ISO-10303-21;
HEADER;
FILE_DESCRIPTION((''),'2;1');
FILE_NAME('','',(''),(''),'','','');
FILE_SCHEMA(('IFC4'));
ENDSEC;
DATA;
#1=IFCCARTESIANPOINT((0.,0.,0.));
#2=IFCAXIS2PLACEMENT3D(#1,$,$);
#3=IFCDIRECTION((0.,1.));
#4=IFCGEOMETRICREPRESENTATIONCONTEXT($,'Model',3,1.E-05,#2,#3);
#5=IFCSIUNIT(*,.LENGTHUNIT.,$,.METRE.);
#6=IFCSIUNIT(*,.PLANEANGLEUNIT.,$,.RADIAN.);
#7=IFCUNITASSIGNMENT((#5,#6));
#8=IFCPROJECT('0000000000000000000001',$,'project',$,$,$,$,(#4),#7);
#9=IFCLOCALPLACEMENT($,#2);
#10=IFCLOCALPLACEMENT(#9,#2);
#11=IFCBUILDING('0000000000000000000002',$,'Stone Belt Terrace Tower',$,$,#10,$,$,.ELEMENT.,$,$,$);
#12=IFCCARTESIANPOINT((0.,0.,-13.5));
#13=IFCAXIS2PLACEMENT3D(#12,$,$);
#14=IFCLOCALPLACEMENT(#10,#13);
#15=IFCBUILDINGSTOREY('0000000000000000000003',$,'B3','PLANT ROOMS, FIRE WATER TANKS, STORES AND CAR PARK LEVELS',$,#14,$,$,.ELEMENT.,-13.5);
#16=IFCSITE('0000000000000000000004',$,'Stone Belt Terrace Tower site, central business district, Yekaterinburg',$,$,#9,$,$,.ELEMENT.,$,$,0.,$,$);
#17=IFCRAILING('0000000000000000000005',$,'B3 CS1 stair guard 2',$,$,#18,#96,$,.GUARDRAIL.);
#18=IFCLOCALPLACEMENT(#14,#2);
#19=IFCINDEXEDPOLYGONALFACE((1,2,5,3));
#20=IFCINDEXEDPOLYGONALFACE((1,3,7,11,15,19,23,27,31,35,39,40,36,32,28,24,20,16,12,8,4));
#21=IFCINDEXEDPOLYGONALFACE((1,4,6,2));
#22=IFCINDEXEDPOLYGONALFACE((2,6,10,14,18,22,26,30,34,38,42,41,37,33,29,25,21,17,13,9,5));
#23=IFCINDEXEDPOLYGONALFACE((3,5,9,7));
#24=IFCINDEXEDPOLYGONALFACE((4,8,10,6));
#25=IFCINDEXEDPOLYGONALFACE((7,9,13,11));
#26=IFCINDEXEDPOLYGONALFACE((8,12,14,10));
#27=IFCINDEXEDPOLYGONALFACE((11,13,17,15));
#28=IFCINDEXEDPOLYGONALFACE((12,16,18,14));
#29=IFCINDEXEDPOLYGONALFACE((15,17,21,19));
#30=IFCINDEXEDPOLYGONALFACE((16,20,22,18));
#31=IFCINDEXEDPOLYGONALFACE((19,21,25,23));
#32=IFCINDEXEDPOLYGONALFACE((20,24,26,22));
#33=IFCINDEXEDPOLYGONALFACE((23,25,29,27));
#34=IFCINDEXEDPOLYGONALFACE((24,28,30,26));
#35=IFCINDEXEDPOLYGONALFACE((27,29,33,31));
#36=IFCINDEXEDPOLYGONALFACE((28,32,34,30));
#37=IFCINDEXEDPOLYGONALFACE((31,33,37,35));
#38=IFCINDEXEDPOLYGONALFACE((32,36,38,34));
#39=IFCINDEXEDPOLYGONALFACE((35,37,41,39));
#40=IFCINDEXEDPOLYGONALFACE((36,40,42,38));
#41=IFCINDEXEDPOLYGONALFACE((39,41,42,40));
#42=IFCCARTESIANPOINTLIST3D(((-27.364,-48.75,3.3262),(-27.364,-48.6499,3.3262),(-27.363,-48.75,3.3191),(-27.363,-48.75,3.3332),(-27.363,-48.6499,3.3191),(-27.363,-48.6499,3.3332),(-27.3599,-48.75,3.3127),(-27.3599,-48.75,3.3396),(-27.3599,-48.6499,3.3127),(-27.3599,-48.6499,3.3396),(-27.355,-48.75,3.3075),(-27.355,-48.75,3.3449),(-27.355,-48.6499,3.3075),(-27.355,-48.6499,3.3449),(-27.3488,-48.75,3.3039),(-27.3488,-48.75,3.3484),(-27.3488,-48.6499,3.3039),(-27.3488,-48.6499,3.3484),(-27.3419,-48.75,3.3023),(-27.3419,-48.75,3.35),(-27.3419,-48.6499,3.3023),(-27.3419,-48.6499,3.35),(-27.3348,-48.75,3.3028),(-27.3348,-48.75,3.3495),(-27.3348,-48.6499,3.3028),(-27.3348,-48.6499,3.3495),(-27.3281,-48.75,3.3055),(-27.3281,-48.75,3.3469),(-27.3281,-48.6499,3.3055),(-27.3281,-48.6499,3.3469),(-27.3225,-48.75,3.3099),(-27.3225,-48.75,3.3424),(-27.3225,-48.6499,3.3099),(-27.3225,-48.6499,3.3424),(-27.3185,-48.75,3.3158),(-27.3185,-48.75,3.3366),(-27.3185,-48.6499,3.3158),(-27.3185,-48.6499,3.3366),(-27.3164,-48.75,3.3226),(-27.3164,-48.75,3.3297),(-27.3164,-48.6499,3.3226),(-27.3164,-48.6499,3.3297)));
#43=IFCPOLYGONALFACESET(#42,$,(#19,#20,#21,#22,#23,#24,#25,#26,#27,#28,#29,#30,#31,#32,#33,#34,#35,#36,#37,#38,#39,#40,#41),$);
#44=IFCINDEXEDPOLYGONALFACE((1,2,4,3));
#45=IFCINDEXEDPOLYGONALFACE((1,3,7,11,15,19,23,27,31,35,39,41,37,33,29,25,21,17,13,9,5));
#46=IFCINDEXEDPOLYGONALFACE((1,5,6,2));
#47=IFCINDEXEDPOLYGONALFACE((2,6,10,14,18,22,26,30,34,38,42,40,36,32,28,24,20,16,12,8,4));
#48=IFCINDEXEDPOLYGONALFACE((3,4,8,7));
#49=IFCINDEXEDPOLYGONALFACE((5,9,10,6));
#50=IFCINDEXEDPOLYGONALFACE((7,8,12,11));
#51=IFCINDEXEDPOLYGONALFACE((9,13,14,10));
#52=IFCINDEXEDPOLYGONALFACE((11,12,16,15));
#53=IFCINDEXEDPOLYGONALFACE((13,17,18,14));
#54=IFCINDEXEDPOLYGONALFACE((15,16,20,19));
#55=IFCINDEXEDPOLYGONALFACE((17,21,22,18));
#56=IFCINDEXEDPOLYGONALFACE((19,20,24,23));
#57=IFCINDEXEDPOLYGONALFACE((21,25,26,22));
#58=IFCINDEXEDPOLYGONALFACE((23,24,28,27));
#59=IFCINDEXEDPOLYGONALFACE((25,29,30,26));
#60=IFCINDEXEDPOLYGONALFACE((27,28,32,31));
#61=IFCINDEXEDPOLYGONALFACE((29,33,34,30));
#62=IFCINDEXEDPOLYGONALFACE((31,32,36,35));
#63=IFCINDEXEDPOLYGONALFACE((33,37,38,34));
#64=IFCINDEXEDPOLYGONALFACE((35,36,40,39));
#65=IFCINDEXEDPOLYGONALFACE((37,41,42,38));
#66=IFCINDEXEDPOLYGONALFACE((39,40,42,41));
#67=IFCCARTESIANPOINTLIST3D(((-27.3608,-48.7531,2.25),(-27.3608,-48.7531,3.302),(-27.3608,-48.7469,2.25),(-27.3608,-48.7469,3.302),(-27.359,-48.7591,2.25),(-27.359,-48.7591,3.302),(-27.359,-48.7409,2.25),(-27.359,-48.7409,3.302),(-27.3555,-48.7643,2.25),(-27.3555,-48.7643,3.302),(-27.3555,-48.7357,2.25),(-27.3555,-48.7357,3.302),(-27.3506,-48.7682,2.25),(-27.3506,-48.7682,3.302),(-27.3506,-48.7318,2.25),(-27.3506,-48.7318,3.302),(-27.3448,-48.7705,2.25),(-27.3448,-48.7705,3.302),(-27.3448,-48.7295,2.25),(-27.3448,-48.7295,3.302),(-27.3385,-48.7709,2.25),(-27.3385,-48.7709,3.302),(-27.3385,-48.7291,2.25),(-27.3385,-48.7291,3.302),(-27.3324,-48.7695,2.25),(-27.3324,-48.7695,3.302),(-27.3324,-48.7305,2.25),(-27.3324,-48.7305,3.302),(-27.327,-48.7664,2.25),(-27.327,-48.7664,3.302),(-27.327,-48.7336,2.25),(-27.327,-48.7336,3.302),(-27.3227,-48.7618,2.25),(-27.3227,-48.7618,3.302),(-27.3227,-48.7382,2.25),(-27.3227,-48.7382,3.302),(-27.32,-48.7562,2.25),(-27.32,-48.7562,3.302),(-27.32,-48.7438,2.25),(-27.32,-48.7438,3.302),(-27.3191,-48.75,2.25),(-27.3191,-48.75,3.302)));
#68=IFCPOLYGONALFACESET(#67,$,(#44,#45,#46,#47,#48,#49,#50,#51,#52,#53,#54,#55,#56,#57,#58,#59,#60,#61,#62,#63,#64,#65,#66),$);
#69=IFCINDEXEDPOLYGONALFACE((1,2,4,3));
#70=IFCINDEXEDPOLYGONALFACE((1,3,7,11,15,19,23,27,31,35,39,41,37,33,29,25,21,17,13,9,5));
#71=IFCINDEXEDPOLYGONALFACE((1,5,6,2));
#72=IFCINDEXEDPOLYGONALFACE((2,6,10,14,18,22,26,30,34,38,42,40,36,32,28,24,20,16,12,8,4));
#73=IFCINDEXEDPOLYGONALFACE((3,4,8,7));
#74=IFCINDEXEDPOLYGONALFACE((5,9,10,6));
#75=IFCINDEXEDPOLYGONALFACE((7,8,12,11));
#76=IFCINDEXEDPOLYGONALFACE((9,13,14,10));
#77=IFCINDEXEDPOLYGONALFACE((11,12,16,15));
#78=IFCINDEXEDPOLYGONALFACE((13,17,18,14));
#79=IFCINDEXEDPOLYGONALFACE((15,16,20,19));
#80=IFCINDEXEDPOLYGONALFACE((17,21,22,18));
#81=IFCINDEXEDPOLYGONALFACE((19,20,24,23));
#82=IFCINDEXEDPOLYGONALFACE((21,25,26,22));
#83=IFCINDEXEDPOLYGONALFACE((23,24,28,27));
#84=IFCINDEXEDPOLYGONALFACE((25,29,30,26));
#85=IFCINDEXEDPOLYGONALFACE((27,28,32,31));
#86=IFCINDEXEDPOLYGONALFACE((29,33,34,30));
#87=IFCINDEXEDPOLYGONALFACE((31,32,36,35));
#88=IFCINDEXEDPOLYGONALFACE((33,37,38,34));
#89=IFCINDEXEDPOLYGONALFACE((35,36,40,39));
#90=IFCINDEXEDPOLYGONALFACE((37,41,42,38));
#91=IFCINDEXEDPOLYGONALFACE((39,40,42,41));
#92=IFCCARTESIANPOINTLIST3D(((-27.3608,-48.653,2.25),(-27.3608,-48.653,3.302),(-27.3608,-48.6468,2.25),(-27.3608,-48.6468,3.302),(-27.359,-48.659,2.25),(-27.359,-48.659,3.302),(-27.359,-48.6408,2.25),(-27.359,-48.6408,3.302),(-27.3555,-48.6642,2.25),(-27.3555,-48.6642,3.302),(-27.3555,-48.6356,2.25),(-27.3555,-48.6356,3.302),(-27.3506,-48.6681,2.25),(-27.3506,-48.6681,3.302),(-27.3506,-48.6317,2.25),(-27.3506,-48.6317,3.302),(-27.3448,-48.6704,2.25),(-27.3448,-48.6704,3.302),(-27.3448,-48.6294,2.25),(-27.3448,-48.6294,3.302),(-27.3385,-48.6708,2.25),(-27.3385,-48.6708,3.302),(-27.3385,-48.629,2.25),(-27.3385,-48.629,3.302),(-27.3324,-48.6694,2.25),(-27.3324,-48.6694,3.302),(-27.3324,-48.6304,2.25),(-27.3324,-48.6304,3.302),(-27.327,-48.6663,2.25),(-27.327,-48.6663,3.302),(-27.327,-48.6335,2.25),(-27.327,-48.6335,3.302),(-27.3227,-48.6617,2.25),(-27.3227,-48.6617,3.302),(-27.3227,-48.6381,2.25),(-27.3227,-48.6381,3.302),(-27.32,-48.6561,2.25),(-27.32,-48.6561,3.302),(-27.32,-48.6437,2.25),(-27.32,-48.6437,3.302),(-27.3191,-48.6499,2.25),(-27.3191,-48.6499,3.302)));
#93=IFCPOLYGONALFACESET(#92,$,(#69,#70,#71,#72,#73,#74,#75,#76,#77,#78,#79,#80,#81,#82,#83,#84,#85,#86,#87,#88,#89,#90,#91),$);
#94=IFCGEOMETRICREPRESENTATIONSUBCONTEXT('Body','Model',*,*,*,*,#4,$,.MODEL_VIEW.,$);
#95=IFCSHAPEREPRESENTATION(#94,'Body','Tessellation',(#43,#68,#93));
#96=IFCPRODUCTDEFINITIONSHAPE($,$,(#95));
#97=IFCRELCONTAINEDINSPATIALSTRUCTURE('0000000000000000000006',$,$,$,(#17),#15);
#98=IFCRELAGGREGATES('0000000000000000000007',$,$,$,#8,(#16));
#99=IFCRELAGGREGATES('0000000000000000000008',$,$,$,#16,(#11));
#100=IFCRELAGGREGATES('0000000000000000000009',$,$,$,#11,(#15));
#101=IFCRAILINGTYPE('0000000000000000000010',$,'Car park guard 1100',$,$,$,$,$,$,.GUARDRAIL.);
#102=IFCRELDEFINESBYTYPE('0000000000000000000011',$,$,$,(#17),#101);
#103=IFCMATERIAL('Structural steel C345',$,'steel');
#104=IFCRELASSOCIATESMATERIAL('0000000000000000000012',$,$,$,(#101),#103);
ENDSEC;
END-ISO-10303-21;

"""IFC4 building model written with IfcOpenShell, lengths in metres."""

from ifc_helpers import new_model, si_unit, direction, frame, origin, origin_2d, place, context, subcontext, project, spatial, circle, extrude, material, type_object, element, save


model = new_model("IFC4")

# Units and contexts
model_context = context("Model", 3, precision=1e-05, world=origin(), true_north=direction((0.0, 1.0)))
body_context = subcontext(model_context, "Body", "Model", "MODEL_VIEW")
ifc_project = project(units=[si_unit("LENGTHUNIT", "METRE"), si_unit("PLANEANGLEUNIT", "RADIAN")], contexts=[model_context])

# Site, building, storey
site_placement = place(None, origin())
site = spatial("IfcSite", under=ifc_project, at=site_placement, Name="Stone Belt Terrace Tower site, central business district, Yekaterinburg", CompositionType="ELEMENT", RefElevation=0.0)
building_placement = place(site_placement, origin())
building = spatial("IfcBuilding", under=site, at=building_placement, Name="Stone Belt Terrace Tower", CompositionType="ELEMENT")
storey_placement = place(building_placement, frame((0.0, 0.0, -13.5)))
storey = spatial("IfcBuildingStorey", under=building, at=storey_placement, Name="B3", Description="PLANT ROOMS, FIRE WATER TANKS, STORES AND CAR PARK LEVELS", CompositionType="ELEMENT", Elevation=-13.5)

# Railing
ifc_material_1 = material(Name="Structural steel C345", Category="steel")
railing_type_1 = type_object("IfcRailingType", Name="Car park guard 1100", PredefinedType="GUARDRAIL", material=ifc_material_1)
railing_1_placement = place(storey_placement, frame((-27.3401, -48.75, 2.25)))
element("IfcRailing", 1, at=railing_1_placement, inside=storey, type_object=railing_type_1, Name="B3 CS1 stair guard 2", PredefinedType="GUARDRAIL", context=body_context, shape_type="SweptSolid", body=[
    extrude(circle(Radius=0.0239, at=origin_2d()), frame((0.0, 0.0, 1.0762), z_axis=(0.0, 1.0, 0.0), x_axis=(-1.0, 0.0, 0.0)), (0.0, 0.0, 1.0), 0.1001),
    extrude(circle(Radius=0.021, at=origin_2d()), origin(), (0.0, 0.0, 1.0), 1.052),
    extrude(circle(Radius=0.021, at=origin_2d()), frame((0.0, 0.1001, 0.0)), (0.0, 0.0, 1.0), 1.052),
])

save(model, "model.ifc")
